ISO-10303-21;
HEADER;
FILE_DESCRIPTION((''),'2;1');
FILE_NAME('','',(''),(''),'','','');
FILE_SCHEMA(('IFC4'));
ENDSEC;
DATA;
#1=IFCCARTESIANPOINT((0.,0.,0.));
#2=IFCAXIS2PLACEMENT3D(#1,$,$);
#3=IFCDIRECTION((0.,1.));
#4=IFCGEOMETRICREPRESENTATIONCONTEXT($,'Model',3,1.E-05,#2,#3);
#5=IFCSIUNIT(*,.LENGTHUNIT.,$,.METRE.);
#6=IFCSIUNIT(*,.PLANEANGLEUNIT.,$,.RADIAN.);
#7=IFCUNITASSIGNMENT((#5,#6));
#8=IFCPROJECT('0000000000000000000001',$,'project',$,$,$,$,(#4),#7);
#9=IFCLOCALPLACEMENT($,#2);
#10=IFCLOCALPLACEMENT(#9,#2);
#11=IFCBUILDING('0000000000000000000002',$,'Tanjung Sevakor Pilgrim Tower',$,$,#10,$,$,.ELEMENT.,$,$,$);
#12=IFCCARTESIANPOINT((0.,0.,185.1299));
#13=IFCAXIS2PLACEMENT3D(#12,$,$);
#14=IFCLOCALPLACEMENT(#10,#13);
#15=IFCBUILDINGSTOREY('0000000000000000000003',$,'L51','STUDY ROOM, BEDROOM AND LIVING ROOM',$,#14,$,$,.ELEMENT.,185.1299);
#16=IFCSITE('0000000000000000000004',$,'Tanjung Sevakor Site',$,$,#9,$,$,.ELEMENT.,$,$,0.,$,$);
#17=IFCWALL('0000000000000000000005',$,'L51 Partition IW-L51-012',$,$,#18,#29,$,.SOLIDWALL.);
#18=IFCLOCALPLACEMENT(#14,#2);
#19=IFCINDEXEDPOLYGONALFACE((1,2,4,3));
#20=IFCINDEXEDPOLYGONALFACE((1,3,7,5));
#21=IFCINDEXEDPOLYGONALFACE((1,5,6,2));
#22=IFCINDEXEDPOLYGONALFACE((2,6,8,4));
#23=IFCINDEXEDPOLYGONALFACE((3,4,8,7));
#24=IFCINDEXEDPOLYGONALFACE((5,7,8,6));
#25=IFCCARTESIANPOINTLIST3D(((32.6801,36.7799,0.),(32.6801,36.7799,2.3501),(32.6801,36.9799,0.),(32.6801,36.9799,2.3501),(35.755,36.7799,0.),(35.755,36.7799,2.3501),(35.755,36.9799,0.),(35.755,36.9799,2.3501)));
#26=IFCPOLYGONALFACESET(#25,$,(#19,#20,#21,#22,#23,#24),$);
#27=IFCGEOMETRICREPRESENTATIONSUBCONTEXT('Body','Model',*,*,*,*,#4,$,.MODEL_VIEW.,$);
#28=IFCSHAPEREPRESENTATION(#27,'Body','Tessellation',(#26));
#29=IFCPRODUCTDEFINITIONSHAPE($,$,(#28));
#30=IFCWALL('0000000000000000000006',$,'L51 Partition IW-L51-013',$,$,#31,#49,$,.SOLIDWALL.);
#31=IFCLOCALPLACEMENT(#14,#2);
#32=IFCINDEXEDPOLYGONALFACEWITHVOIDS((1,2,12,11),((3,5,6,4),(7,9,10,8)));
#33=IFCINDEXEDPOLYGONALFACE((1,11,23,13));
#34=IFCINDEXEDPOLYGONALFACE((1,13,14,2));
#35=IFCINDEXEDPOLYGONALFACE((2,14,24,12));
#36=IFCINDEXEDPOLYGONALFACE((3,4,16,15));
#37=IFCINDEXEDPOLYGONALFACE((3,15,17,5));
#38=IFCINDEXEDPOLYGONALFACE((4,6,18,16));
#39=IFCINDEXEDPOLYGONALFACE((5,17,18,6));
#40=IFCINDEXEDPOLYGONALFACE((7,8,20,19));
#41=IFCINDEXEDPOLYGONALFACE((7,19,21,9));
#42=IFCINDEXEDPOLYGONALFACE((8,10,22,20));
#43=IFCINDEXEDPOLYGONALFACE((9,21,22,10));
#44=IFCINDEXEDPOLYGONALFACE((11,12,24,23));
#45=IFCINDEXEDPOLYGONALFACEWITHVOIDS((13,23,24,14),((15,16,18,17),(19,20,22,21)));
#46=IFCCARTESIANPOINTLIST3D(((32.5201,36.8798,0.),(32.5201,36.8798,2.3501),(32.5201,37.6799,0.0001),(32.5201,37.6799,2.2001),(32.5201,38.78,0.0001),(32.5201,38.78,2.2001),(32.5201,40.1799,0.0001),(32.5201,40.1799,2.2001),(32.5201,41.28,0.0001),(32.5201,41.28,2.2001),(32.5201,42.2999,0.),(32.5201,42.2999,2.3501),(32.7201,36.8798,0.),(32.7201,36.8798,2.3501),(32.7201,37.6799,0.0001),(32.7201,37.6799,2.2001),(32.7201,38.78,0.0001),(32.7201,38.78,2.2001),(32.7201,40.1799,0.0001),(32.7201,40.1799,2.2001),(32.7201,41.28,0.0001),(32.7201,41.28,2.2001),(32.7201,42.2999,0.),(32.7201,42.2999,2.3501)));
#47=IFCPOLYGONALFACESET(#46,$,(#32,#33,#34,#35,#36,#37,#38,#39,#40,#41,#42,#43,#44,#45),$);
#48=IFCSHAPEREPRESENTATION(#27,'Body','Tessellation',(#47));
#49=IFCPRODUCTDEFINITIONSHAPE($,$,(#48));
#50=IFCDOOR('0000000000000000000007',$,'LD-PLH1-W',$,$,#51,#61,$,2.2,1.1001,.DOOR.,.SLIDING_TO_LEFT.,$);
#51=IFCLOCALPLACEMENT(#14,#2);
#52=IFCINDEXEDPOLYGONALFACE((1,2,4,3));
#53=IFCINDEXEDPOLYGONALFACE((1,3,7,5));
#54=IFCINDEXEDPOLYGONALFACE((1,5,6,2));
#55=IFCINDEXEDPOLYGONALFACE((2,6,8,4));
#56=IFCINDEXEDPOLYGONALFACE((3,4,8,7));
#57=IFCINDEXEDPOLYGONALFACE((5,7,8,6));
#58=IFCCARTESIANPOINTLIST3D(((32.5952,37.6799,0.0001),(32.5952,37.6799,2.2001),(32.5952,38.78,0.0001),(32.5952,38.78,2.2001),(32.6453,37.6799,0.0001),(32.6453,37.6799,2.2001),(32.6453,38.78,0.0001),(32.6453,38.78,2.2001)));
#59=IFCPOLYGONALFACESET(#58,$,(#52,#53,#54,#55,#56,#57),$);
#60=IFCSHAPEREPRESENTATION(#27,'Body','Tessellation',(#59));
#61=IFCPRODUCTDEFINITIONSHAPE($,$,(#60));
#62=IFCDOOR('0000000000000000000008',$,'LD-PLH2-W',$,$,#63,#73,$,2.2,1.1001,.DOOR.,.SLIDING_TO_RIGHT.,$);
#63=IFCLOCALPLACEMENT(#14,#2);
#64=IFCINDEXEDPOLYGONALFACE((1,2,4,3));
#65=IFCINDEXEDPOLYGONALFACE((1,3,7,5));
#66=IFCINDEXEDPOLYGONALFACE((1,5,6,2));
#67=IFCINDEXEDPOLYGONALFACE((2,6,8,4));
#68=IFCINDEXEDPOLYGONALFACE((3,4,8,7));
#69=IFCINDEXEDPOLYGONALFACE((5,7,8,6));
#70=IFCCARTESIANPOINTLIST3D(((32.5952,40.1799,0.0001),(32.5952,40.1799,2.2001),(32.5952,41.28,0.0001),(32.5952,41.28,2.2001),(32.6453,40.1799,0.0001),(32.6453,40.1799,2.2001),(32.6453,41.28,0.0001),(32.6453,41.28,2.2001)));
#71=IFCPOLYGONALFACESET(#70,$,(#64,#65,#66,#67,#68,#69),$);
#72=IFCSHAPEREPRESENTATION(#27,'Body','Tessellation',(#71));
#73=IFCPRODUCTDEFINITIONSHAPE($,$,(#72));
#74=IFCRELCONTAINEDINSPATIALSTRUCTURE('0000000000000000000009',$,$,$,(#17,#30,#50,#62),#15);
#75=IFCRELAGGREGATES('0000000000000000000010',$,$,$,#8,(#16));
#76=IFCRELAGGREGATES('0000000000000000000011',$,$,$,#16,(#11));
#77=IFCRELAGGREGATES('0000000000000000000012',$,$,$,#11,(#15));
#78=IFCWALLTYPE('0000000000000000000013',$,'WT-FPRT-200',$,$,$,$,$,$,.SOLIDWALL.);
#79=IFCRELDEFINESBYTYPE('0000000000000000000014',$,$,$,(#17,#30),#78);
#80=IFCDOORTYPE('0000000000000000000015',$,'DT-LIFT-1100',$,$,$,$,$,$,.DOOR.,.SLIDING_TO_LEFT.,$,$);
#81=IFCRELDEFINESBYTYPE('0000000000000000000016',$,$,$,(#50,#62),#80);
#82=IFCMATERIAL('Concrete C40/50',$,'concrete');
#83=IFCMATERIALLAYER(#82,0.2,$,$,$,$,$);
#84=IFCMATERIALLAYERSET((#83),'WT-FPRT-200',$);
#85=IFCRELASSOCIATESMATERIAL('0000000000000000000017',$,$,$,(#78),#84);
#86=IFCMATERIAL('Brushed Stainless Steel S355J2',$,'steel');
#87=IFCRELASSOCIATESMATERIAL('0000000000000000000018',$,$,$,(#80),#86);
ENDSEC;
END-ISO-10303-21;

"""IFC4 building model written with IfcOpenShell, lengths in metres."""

from ifc_helpers import new_model, si_unit, direction, frame, frame_2d, origin, place, context, subcontext, project, spatial, rectangle, extrude, material, layer, layer_set, type_object, element, fill, save


model = new_model("IFC4")

# Units and contexts
model_context = context("Model", 3, precision=1e-05, world=origin(), true_north=direction((0.0, 1.0)))
body_context = subcontext(model_context, "Body", "Model", "MODEL_VIEW")
ifc_project = project(units=[si_unit("LENGTHUNIT", "METRE"), si_unit("PLANEANGLEUNIT", "RADIAN")], contexts=[model_context])

# Site, building, storey
site_placement = place(None, origin())
site = spatial("IfcSite", under=ifc_project, at=site_placement, Name="Tanjung Sevakor Site", CompositionType="ELEMENT", RefElevation=0.0)
building_placement = place(site_placement, origin())
building = spatial("IfcBuilding", under=site, at=building_placement, Name="Tanjung Sevakor Pilgrim Tower", CompositionType="ELEMENT")
storey_placement = place(building_placement, frame((0.0, 0.0, 185.1299)))
storey = spatial("IfcBuildingStorey", under=building, at=storey_placement, Name="L51", Description="STUDY ROOM, BEDROOM AND LIVING ROOM", CompositionType="ELEMENT", Elevation=185.1299)

# Wall
ifc_material_1 = material(Name="Concrete C40/50", Category="concrete")
ifc_layer_1 = layer(ifc_material_1, 0.2)
ifc_layer_set_1 = layer_set([ifc_layer_1], Name="WT-FPRT-200")
wall_type_1 = type_object("IfcWallType", Name="WT-FPRT-200", PredefinedType="SOLIDWALL", material=ifc_layer_set_1)
wall_1_placement = place(storey_placement, frame((32.6799, 36.8799, 0.0), z_axis=(0.0, 0.0, 1.0), x_axis=(1.0, 0.0, 0.0)))
element("IfcWall", 1, at=wall_1_placement, inside=storey, type_object=wall_type_1, Name="L51 Partition IW-L51-012", PredefinedType="SOLIDWALL", context=body_context, shape_type="SweptSolid", body=[
    extrude(rectangle(XDim=3.075, YDim=0.2, at=frame_2d((1.5376, 0.0))), origin(), (0.0, 0.0, 1.0), 2.3501),
])

# Wall, openings, doors
wall_2_placement = place(storey_placement, frame((32.6201, 36.8799, 0.0), z_axis=(0.0, 0.0, 1.0), x_axis=(0.0, 1.0, 0.0)))
wall_2 = element("IfcWall", 2, at=wall_2_placement, inside=storey, type_object=wall_type_1, Name="L51 Partition IW-L51-013", PredefinedType="SOLIDWALL", context=body_context, shape_type="SweptSolid", body=[
    extrude(rectangle(XDim=5.4202, YDim=0.2, at=frame_2d((2.71, 0.0))), origin(), (0.0, 0.0, 1.0), 2.3501),
])
opening_1_placement = place(wall_2_placement, frame((0.8, 0.0, 0.0)))
opening_1 = element("IfcOpeningElement", 3, at=opening_1_placement, cuts=wall_2, PredefinedType="OPENING", context=body_context, shape_type="SweptSolid", body=[
    extrude(rectangle(XDim=1.1001, YDim=2.2, at=frame_2d((0.55, 1.1001))), frame((0.0, 0.1099, 0.0), z_axis=(0.0, -1.0, 0.0), x_axis=(1.0, 0.0, 0.0)), (0.0, 0.0, 1.0), 0.22),
])
opening_2_placement = place(wall_2_placement, frame((3.3, 0.0, 0.0)))
opening_2 = element("IfcOpeningElement", 4, at=opening_2_placement, cuts=wall_2, PredefinedType="OPENING", context=body_context, shape_type="SweptSolid", body=[
    extrude(rectangle(XDim=1.1001, YDim=2.2, at=frame_2d((0.55, 1.1001))), frame((0.0, 0.1099, 0.0), z_axis=(0.0, -1.0, 0.0), x_axis=(1.0, 0.0, 0.0)), (0.0, 0.0, 1.0), 0.22),
])
ifc_material_2 = material(Name="Brushed Stainless Steel S355J2", Category="steel")
door_type_1 = type_object("IfcDoorType", Name="DT-LIFT-1100", OperationType="SLIDING_TO_LEFT", PredefinedType="DOOR", material=ifc_material_2)
door_1_placement = place(opening_1_placement, origin())
door_1 = element("IfcDoor", 5, at=door_1_placement, inside=storey, type_object=door_type_1, Name="LD-PLH1-W", OperationType="SLIDING_TO_LEFT", OverallHeight=2.2, OverallWidth=1.1001, PredefinedType="DOOR", context=body_context, shape_type="SweptSolid", body=[
    extrude(rectangle(XDim=1.1001, YDim=2.2, at=frame_2d((0.55, 1.1001))), frame((0.0, 0.0249, 0.0), z_axis=(0.0, -1.0, 0.0), x_axis=(1.0, 0.0, 0.0)), (0.0, 0.0, 1.0), 0.05),
])
fill(opening_1, door_1)
door_2_placement = place(opening_2_placement, origin())
door_2 = element("IfcDoor", 6, at=door_2_placement, inside=storey, type_object=door_type_1, Name="LD-PLH2-W", OperationType="SLIDING_TO_RIGHT", OverallHeight=2.2, OverallWidth=1.1001, PredefinedType="DOOR", context=body_context, shape_type="SweptSolid", body=[
    extrude(rectangle(XDim=1.1001, YDim=2.2, at=frame_2d((0.55, 1.1001))), frame((0.0, 0.0249, 0.0), z_axis=(0.0, -1.0, 0.0), x_axis=(1.0, 0.0, 0.0)), (0.0, 0.0, 1.0), 0.05),
])
fill(opening_2, door_2)

save(model, "model.ifc")
